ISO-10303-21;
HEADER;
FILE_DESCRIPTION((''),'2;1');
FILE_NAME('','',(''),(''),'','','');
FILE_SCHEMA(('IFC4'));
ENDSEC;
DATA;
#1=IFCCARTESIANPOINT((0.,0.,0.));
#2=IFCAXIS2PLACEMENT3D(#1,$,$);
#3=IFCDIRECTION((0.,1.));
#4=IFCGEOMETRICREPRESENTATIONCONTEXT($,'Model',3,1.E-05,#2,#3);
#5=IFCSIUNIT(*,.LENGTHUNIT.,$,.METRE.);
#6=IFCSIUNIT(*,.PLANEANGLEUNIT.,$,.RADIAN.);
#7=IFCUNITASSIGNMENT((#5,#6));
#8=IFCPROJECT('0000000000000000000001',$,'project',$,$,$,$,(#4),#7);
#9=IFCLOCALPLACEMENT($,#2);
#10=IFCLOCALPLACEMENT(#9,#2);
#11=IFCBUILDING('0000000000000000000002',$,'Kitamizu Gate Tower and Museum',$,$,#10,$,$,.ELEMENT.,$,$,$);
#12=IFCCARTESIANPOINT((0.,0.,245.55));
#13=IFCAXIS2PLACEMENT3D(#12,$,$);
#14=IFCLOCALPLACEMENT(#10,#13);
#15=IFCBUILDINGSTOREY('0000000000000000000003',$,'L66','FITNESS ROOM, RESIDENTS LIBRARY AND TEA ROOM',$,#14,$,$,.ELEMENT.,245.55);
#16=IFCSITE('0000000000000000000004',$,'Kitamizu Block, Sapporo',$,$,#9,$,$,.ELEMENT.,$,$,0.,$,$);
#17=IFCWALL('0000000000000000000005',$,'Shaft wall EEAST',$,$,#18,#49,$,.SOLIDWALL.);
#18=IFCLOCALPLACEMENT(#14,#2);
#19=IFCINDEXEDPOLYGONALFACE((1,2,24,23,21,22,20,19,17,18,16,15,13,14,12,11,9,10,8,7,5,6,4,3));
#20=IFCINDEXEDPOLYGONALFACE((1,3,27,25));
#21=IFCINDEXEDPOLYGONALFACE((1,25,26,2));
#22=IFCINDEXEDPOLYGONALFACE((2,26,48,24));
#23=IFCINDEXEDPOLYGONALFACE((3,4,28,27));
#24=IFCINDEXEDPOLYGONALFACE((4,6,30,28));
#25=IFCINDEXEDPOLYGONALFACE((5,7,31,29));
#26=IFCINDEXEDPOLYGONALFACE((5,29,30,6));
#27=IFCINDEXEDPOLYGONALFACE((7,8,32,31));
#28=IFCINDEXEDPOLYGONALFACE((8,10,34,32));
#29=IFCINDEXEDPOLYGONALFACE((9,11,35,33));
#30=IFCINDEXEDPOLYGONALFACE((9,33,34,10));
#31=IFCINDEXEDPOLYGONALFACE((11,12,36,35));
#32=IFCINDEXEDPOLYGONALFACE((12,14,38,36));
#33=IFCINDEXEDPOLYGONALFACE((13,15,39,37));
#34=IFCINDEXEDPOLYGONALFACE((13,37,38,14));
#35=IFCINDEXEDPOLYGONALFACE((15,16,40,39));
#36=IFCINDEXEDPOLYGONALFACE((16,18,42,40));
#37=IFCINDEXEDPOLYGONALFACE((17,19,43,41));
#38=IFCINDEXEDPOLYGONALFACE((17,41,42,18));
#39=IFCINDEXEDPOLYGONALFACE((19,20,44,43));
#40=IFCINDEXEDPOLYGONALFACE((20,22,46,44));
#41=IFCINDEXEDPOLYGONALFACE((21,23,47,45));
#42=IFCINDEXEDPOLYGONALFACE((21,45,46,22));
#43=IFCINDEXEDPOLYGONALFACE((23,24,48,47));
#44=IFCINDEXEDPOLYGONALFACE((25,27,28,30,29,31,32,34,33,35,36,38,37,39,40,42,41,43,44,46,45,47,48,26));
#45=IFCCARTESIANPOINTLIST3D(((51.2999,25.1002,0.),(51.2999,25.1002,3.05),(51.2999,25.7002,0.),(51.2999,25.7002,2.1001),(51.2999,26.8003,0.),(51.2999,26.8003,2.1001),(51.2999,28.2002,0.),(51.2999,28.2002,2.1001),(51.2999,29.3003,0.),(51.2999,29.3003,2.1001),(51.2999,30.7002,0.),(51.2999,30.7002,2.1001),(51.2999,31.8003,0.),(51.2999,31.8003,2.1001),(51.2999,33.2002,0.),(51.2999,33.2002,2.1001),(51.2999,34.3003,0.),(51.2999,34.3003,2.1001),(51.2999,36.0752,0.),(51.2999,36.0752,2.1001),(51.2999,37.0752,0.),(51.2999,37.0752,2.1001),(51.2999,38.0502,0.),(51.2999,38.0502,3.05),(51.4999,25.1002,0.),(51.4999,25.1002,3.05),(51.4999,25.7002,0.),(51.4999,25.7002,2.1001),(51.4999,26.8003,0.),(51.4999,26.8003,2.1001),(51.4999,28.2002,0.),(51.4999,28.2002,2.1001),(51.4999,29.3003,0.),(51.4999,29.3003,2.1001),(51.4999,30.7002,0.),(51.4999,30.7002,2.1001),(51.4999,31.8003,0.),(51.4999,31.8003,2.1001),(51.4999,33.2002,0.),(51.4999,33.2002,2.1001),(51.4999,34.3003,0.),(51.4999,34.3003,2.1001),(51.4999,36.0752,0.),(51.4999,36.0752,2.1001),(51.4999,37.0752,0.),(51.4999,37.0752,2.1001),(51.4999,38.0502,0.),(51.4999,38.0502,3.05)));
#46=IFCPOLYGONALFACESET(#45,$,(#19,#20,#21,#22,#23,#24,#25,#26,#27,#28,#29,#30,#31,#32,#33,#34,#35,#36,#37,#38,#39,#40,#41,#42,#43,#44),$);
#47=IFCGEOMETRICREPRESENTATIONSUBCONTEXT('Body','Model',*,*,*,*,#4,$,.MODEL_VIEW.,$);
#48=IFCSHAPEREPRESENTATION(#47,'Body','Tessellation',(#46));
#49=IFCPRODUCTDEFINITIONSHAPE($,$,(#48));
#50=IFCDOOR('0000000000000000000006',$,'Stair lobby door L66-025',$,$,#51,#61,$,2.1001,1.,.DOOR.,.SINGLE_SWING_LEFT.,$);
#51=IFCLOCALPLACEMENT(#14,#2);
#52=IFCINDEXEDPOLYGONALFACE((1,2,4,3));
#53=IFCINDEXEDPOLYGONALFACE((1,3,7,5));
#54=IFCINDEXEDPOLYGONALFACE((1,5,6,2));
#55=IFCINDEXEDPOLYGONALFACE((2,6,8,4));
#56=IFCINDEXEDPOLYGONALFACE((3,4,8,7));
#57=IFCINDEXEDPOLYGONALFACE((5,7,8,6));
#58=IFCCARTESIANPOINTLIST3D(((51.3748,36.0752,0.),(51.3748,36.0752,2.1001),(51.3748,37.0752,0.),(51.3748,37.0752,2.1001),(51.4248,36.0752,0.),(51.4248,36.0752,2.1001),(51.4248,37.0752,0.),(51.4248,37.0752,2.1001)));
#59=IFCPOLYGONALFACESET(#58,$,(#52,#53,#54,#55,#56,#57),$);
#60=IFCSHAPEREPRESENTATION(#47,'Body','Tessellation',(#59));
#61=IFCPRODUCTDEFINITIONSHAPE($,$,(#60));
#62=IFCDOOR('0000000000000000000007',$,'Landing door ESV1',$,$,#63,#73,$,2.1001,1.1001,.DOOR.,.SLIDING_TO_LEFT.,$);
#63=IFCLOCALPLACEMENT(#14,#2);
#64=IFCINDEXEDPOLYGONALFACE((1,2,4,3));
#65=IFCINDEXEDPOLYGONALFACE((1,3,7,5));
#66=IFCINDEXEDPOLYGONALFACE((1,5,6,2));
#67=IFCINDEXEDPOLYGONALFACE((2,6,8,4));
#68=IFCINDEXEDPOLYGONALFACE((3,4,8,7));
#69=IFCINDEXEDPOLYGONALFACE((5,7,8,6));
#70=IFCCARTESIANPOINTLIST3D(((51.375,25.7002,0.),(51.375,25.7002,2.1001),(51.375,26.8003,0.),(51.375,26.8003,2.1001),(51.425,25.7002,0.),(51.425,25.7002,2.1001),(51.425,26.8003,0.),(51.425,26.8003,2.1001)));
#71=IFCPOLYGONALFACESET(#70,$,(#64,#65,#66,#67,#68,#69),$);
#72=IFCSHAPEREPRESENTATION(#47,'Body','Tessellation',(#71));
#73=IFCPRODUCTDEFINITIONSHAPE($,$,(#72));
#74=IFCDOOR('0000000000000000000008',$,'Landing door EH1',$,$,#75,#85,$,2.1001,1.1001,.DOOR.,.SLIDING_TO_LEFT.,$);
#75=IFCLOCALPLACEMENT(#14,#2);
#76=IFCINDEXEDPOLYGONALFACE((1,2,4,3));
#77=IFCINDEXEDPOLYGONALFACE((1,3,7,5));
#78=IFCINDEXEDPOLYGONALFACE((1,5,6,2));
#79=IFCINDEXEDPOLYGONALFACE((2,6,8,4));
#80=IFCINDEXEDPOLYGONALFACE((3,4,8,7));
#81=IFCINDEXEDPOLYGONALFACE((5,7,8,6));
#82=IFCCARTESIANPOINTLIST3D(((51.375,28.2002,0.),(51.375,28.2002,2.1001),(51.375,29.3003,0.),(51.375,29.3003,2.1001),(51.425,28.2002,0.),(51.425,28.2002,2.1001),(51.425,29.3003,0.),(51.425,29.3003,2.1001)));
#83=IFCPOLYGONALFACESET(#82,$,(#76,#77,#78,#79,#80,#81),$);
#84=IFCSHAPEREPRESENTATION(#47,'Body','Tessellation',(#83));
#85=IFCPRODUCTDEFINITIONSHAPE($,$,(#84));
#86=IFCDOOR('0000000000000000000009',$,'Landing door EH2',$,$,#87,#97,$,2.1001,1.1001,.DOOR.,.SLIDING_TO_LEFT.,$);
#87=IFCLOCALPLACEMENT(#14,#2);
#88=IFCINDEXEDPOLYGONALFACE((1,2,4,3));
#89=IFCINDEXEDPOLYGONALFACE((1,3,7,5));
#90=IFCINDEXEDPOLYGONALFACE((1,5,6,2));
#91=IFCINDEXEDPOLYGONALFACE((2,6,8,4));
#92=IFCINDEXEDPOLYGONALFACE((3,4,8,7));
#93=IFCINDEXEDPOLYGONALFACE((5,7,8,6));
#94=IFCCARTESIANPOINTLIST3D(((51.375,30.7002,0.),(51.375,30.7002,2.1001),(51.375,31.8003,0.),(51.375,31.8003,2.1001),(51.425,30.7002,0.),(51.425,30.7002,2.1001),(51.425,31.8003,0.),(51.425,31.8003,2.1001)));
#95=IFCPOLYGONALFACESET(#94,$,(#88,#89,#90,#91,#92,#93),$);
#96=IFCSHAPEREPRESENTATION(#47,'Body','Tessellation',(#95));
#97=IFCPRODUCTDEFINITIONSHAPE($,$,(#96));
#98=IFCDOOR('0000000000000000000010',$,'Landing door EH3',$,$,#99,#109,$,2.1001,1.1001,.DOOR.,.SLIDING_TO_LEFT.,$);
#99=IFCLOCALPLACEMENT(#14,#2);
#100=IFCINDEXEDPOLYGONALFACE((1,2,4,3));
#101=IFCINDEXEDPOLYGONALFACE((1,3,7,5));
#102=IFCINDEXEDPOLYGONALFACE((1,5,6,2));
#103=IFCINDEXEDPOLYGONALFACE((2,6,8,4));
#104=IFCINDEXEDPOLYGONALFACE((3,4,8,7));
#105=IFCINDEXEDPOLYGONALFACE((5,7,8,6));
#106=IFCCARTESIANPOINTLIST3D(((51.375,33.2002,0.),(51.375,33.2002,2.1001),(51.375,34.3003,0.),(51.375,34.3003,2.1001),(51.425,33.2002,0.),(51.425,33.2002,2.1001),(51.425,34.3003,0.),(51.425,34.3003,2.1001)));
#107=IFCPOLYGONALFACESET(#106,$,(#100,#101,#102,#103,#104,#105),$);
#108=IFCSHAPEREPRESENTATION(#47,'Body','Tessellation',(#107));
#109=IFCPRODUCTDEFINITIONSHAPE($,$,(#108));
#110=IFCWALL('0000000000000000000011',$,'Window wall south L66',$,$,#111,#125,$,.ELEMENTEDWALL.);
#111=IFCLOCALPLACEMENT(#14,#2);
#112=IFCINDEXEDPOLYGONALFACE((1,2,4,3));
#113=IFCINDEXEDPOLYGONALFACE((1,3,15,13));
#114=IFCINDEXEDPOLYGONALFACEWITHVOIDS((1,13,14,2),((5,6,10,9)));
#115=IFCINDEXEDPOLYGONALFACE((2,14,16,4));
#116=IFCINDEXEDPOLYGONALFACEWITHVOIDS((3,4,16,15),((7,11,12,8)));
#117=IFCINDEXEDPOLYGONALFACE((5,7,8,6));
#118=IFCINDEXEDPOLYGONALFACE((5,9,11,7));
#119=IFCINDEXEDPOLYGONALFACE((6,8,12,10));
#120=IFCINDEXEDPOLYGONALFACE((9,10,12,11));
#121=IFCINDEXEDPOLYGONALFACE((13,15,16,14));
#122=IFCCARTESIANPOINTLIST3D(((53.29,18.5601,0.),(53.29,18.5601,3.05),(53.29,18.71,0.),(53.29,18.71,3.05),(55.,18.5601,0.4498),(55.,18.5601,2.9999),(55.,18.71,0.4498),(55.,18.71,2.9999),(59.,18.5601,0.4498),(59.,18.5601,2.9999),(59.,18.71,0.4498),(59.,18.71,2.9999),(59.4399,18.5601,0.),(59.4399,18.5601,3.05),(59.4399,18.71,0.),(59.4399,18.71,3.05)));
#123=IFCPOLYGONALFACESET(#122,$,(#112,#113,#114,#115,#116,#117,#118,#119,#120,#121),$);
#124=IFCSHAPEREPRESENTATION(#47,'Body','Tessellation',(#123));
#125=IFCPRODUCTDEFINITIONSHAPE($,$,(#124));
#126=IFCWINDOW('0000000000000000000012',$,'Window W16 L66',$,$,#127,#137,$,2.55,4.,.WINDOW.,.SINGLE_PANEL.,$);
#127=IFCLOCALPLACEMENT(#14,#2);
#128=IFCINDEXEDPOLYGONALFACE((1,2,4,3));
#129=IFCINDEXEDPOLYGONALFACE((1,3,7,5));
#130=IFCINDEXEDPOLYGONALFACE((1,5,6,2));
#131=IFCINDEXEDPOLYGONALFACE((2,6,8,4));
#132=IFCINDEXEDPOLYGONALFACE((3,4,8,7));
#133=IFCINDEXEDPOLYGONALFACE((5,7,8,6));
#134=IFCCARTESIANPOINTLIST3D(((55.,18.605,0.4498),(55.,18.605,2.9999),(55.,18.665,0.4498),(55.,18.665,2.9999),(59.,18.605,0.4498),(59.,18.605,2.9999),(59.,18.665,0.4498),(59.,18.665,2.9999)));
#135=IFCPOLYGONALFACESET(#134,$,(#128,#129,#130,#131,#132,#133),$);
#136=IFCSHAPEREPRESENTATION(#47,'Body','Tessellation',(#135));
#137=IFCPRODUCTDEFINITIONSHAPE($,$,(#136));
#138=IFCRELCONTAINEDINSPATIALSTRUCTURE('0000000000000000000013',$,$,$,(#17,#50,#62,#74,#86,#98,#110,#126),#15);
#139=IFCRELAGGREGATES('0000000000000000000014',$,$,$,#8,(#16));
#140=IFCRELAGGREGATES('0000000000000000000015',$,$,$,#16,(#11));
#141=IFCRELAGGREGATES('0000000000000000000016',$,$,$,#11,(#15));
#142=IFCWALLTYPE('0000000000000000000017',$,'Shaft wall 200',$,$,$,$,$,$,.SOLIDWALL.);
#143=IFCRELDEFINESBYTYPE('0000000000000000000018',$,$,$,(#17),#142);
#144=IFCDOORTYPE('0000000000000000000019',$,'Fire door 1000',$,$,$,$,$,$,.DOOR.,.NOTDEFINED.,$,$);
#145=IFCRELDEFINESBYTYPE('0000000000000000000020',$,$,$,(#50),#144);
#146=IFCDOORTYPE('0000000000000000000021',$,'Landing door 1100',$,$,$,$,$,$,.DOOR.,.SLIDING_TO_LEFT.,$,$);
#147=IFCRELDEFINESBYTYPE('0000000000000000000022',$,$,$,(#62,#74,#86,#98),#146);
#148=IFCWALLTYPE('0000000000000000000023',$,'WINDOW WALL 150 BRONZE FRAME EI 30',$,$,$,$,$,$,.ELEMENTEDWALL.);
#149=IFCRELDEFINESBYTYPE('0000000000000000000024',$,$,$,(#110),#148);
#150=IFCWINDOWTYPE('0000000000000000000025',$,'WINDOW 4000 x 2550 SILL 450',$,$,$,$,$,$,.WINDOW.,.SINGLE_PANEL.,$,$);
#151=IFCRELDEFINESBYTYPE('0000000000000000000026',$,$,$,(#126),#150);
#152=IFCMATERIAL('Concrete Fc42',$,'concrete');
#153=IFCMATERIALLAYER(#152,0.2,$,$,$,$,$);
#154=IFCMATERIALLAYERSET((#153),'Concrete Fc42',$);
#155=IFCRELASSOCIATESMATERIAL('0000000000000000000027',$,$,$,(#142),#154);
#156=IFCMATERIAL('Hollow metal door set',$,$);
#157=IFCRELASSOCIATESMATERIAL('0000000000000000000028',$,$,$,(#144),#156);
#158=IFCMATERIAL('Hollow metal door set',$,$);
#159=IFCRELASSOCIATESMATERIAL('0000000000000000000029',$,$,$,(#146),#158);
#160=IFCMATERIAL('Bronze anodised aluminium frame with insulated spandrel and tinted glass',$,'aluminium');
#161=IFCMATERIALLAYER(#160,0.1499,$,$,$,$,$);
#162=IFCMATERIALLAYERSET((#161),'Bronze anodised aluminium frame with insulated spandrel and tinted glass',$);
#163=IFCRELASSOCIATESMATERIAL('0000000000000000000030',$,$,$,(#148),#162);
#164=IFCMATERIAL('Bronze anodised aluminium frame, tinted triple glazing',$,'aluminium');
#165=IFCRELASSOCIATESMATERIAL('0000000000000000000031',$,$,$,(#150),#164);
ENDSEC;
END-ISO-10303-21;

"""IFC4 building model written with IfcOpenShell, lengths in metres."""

from ifc_helpers import new_model, si_unit, direction, frame, frame_2d, origin, place, context, subcontext, project, spatial, rectangle, extrude, material, layer, layer_set, type_object, element, fill, save


model = new_model("IFC4")

# Units and contexts
model_context = context("Model", 3, precision=1e-05, world=origin(), true_north=direction((0.0, 1.0)))
body_context = subcontext(model_context, "Body", "Model", "MODEL_VIEW")
ifc_project = project(units=[si_unit("LENGTHUNIT", "METRE"), si_unit("PLANEANGLEUNIT", "RADIAN")], contexts=[model_context])

# Site, building, storey
site_placement = place(None, origin())
site = spatial("IfcSite", under=ifc_project, at=site_placement, Name="Kitamizu Block, Sapporo", CompositionType="ELEMENT", RefElevation=0.0)
building_placement = place(site_placement, origin())
building = spatial("IfcBuilding", under=site, at=building_placement, Name="Kitamizu Gate Tower and Museum", CompositionType="ELEMENT")
storey_placement = place(building_placement, frame((0.0, 0.0, 245.55)))
storey = spatial("IfcBuildingStorey", under=building, at=storey_placement, Name="L66", Description="FITNESS ROOM, RESIDENTS LIBRARY AND TEA ROOM", CompositionType="ELEMENT", Elevation=245.55)

# Wall, openings, doors
ifc_material_1 = material(Name="Concrete Fc42", Category="concrete")
ifc_layer_1 = layer(ifc_material_1, 0.2)
ifc_layer_set_1 = layer_set([ifc_layer_1], Name="Concrete Fc42")
wall_type_1 = type_object("IfcWallType", Name="Shaft wall 200", PredefinedType="SOLIDWALL", material=ifc_layer_set_1)
wall_1_placement = place(storey_placement, frame((51.3999, 25.1001, 0.0), z_axis=(0.0, 0.0, 1.0), x_axis=(0.0, 1.0, 0.0)))
wall_1 = element("IfcWall", 1, at=wall_1_placement, inside=storey, type_object=wall_type_1, Name="Shaft wall EEAST", PredefinedType="SOLIDWALL", context=body_context, shape_type="SweptSolid", body=[
    extrude(rectangle(XDim=12.95, YDim=0.2, at=frame_2d((6.4751, 0.0))), origin(), (0.0, 0.0, 1.0), 3.05),
])
opening_1_placement = place(wall_1_placement, frame((0.6001, 0.0, 0.0)))
opening_1 = element("IfcOpeningElement", 2, at=opening_1_placement, cuts=wall_1, PredefinedType="OPENING", context=body_context, shape_type="SweptSolid", body=[
    extrude(rectangle(XDim=1.1001, YDim=2.1001, at=frame_2d((0.55, 1.05))), frame((0.0, 0.1099, 0.0), z_axis=(0.0, -1.0, 0.0), x_axis=(1.0, 0.0, 0.0)), (0.0, 0.0, 1.0), 0.22),
])
opening_2_placement = place(wall_1_placement, frame((3.1001, 0.0, 0.0)))
opening_2 = element("IfcOpeningElement", 3, at=opening_2_placement, cuts=wall_1, PredefinedType="OPENING", context=body_context, shape_type="SweptSolid", body=[
    extrude(rectangle(XDim=1.1001, YDim=2.1001, at=frame_2d((0.55, 1.05))), frame((0.0, 0.1099, 0.0), z_axis=(0.0, -1.0, 0.0), x_axis=(1.0, 0.0, 0.0)), (0.0, 0.0, 1.0), 0.22),
])
opening_3_placement = place(wall_1_placement, frame((5.6001, 0.0, 0.0)))
opening_3 = element("IfcOpeningElement", 4, at=opening_3_placement, cuts=wall_1, PredefinedType="OPENING", context=body_context, shape_type="SweptSolid", body=[
    extrude(rectangle(XDim=1.1001, YDim=2.1001, at=frame_2d((0.55, 1.05))), frame((0.0, 0.1099, 0.0), z_axis=(0.0, -1.0, 0.0), x_axis=(1.0, 0.0, 0.0)), (0.0, 0.0, 1.0), 0.22),
])
opening_4_placement = place(wall_1_placement, frame((8.1001, 0.0, 0.0)))
opening_4 = element("IfcOpeningElement", 5, at=opening_4_placement, cuts=wall_1, PredefinedType="OPENING", context=body_context, shape_type="SweptSolid", body=[
    extrude(rectangle(XDim=1.1001, YDim=2.1001, at=frame_2d((0.55, 1.05))), frame((0.0, 0.1099, 0.0), z_axis=(0.0, -1.0, 0.0), x_axis=(1.0, 0.0, 0.0)), (0.0, 0.0, 1.0), 0.22),
])
opening_5_placement = place(wall_1_placement, frame((10.9751, 0.0, 0.0)))
opening_5 = element("IfcOpeningElement", 6, at=opening_5_placement, cuts=wall_1, PredefinedType="OPENING", context=body_context, shape_type="SweptSolid", body=[
    extrude(rectangle(XDim=1.0, YDim=2.1001, at=frame_2d((0.5, 1.05))), frame((0.0, 0.1099, 0.0), z_axis=(0.0, -1.0, 0.0), x_axis=(1.0, 0.0, 0.0)), (0.0, 0.0, 1.0), 0.22),
])
ifc_material_2 = material(Name="Hollow metal door set")
door_type_1 = type_object("IfcDoorType", Name="Fire door 1000", OperationType="NOTDEFINED", PredefinedType="DOOR", material=ifc_material_2)
door_1_placement = place(opening_5_placement, frame((1.0, 0.0, 0.0), x_axis=(-1.0, 0.0, 0.0)))
door_1 = element("IfcDoor", 7, at=door_1_placement, inside=storey, type_object=door_type_1, Name="Stair lobby door L66-025", OperationType="SINGLE_SWING_LEFT", OverallHeight=2.1001, OverallWidth=1.0, PredefinedType="DOOR", context=body_context, shape_type="SweptSolid", body=[
    extrude(rectangle(XDim=1.0, YDim=2.1001, at=frame_2d((0.5, 1.05))), frame((0.0, 0.0249, 0.0), z_axis=(0.0, -1.0, 0.0), x_axis=(1.0, 0.0, 0.0)), (0.0, 0.0, 1.0), 0.05),
])
fill(opening_5, door_1)
ifc_material_3 = material(Name="Hollow metal door set")
door_type_2 = type_object("IfcDoorType", Name="Landing door 1100", OperationType="SLIDING_TO_LEFT", PredefinedType="DOOR", material=ifc_material_3)
door_2_placement = place(opening_1_placement, origin())
door_2 = element("IfcDoor", 8, at=door_2_placement, inside=storey, type_object=door_type_2, Name="Landing door ESV1", OperationType="SLIDING_TO_LEFT", OverallHeight=2.1001, OverallWidth=1.1001, PredefinedType="DOOR", context=body_context, shape_type="SweptSolid", body=[
    extrude(rectangle(XDim=1.1001, YDim=2.1001, at=frame_2d((0.55, 1.05))), frame((0.0, 0.0249, 0.0), z_axis=(0.0, -1.0, 0.0), x_axis=(1.0, 0.0, 0.0)), (0.0, 0.0, 1.0), 0.05),
])
fill(opening_1, door_2)
door_3_placement = place(opening_2_placement, origin())
door_3 = element("IfcDoor", 9, at=door_3_placement, inside=storey, type_object=door_type_2, Name="Landing door EH1", OperationType="SLIDING_TO_LEFT", OverallHeight=2.1001, OverallWidth=1.1001, PredefinedType="DOOR", context=body_context, shape_type="SweptSolid", body=[
    extrude(rectangle(XDim=1.1001, YDim=2.1001, at=frame_2d((0.55, 1.05))), frame((0.0, 0.0249, 0.0), z_axis=(0.0, -1.0, 0.0), x_axis=(1.0, 0.0, 0.0)), (0.0, 0.0, 1.0), 0.05),
])
fill(opening_2, door_3)
door_4_placement = place(opening_3_placement, origin())
door_4 = element("IfcDoor", 10, at=door_4_placement, inside=storey, type_object=door_type_2, Name="Landing door EH2", OperationType="SLIDING_TO_LEFT", OverallHeight=2.1001, OverallWidth=1.1001, PredefinedType="DOOR", context=body_context, shape_type="SweptSolid", body=[
    extrude(rectangle(XDim=1.1001, YDim=2.1001, at=frame_2d((0.55, 1.05))), frame((0.0, 0.0249, 0.0), z_axis=(0.0, -1.0, 0.0), x_axis=(1.0, 0.0, 0.0)), (0.0, 0.0, 1.0), 0.05),
])
fill(opening_3, door_4)
door_5_placement = place(opening_4_placement, origin())
door_5 = element("IfcDoor", 11, at=door_5_placement, inside=storey, type_object=door_type_2, Name="Landing door EH3", OperationType="SLIDING_TO_LEFT", OverallHeight=2.1001, OverallWidth=1.1001, PredefinedType="DOOR", context=body_context, shape_type="SweptSolid", body=[
    extrude(rectangle(XDim=1.1001, YDim=2.1001, at=frame_2d((0.55, 1.05))), frame((0.0, 0.0249, 0.0), z_axis=(0.0, -1.0, 0.0), x_axis=(1.0, 0.0, 0.0)), (0.0, 0.0, 1.0), 0.05),
])
fill(opening_4, door_5)

# Wall, opening, window
ifc_material_4 = material(Name="Bronze anodised aluminium frame with insulated spandrel and tinted glass", Category="aluminium")
ifc_layer_2 = layer(ifc_material_4, 0.1499)
ifc_layer_set_2 = layer_set([ifc_layer_2], Name="Bronze anodised aluminium frame with insulated spandrel and tinted glass")
wall_type_2 = type_object("IfcWallType", Name="WINDOW WALL 150 BRONZE FRAME EI 30", PredefinedType="ELEMENTEDWALL", material=ifc_layer_set_2)
wall_2_placement = place(storey_placement, frame((53.29, 18.635, 0.0), z_axis=(0.0, 0.0, 1.0), x_axis=(1.0, 0.0, 0.0)))
wall_2 = element("IfcWall", 12, at=wall_2_placement, inside=storey, type_object=wall_type_2, Name="Window wall south L66", PredefinedType="ELEMENTEDWALL", context=body_context, shape_type="SweptSolid", body=[
    extrude(rectangle(XDim=6.1499, YDim=0.1499, at=frame_2d((3.075, 0.0))), origin(), (0.0, 0.0, 1.0), 3.05),
])
opening_6_placement = place(wall_2_placement, frame((1.71, 0.0, 0.45)))
opening_6 = element("IfcOpeningElement", 13, at=opening_6_placement, cuts=wall_2, PredefinedType="OPENING", context=body_context, shape_type="SweptSolid", body=[
    extrude(rectangle(XDim=4.0, YDim=2.55, at=frame_2d((2.0, 1.2749))), frame((0.0, 0.085, 0.0), z_axis=(0.0, -1.0, 0.0), x_axis=(1.0, 0.0, 0.0)), (0.0, 0.0, 1.0), 0.1699),
])
ifc_material_5 = material(Name="Bronze anodised aluminium frame, tinted triple glazing", Category="aluminium")
window_type = type_object("IfcWindowType", Name="WINDOW 4000 x 2550 SILL 450", PartitioningType="SINGLE_PANEL", PredefinedType="WINDOW", material=ifc_material_5)
window_placement = place(opening_6_placement, origin())
window = element("IfcWindow", 14, at=window_placement, inside=storey, type_object=window_type, Name="Window W16 L66", OverallHeight=2.55, OverallWidth=4.0, PartitioningType="SINGLE_PANEL", PredefinedType="WINDOW", context=body_context, shape_type="SweptSolid", body=[
    extrude(rectangle(XDim=4.0, YDim=2.55, at=frame_2d((2.0, 1.2749))), frame((0.0, 0.03, 0.0), z_axis=(0.0, -1.0, 0.0), x_axis=(1.0, 0.0, 0.0)), (0.0, 0.0, 1.0), 0.0601),
])
fill(opening_6, window)

save(model, "model.ifc")
